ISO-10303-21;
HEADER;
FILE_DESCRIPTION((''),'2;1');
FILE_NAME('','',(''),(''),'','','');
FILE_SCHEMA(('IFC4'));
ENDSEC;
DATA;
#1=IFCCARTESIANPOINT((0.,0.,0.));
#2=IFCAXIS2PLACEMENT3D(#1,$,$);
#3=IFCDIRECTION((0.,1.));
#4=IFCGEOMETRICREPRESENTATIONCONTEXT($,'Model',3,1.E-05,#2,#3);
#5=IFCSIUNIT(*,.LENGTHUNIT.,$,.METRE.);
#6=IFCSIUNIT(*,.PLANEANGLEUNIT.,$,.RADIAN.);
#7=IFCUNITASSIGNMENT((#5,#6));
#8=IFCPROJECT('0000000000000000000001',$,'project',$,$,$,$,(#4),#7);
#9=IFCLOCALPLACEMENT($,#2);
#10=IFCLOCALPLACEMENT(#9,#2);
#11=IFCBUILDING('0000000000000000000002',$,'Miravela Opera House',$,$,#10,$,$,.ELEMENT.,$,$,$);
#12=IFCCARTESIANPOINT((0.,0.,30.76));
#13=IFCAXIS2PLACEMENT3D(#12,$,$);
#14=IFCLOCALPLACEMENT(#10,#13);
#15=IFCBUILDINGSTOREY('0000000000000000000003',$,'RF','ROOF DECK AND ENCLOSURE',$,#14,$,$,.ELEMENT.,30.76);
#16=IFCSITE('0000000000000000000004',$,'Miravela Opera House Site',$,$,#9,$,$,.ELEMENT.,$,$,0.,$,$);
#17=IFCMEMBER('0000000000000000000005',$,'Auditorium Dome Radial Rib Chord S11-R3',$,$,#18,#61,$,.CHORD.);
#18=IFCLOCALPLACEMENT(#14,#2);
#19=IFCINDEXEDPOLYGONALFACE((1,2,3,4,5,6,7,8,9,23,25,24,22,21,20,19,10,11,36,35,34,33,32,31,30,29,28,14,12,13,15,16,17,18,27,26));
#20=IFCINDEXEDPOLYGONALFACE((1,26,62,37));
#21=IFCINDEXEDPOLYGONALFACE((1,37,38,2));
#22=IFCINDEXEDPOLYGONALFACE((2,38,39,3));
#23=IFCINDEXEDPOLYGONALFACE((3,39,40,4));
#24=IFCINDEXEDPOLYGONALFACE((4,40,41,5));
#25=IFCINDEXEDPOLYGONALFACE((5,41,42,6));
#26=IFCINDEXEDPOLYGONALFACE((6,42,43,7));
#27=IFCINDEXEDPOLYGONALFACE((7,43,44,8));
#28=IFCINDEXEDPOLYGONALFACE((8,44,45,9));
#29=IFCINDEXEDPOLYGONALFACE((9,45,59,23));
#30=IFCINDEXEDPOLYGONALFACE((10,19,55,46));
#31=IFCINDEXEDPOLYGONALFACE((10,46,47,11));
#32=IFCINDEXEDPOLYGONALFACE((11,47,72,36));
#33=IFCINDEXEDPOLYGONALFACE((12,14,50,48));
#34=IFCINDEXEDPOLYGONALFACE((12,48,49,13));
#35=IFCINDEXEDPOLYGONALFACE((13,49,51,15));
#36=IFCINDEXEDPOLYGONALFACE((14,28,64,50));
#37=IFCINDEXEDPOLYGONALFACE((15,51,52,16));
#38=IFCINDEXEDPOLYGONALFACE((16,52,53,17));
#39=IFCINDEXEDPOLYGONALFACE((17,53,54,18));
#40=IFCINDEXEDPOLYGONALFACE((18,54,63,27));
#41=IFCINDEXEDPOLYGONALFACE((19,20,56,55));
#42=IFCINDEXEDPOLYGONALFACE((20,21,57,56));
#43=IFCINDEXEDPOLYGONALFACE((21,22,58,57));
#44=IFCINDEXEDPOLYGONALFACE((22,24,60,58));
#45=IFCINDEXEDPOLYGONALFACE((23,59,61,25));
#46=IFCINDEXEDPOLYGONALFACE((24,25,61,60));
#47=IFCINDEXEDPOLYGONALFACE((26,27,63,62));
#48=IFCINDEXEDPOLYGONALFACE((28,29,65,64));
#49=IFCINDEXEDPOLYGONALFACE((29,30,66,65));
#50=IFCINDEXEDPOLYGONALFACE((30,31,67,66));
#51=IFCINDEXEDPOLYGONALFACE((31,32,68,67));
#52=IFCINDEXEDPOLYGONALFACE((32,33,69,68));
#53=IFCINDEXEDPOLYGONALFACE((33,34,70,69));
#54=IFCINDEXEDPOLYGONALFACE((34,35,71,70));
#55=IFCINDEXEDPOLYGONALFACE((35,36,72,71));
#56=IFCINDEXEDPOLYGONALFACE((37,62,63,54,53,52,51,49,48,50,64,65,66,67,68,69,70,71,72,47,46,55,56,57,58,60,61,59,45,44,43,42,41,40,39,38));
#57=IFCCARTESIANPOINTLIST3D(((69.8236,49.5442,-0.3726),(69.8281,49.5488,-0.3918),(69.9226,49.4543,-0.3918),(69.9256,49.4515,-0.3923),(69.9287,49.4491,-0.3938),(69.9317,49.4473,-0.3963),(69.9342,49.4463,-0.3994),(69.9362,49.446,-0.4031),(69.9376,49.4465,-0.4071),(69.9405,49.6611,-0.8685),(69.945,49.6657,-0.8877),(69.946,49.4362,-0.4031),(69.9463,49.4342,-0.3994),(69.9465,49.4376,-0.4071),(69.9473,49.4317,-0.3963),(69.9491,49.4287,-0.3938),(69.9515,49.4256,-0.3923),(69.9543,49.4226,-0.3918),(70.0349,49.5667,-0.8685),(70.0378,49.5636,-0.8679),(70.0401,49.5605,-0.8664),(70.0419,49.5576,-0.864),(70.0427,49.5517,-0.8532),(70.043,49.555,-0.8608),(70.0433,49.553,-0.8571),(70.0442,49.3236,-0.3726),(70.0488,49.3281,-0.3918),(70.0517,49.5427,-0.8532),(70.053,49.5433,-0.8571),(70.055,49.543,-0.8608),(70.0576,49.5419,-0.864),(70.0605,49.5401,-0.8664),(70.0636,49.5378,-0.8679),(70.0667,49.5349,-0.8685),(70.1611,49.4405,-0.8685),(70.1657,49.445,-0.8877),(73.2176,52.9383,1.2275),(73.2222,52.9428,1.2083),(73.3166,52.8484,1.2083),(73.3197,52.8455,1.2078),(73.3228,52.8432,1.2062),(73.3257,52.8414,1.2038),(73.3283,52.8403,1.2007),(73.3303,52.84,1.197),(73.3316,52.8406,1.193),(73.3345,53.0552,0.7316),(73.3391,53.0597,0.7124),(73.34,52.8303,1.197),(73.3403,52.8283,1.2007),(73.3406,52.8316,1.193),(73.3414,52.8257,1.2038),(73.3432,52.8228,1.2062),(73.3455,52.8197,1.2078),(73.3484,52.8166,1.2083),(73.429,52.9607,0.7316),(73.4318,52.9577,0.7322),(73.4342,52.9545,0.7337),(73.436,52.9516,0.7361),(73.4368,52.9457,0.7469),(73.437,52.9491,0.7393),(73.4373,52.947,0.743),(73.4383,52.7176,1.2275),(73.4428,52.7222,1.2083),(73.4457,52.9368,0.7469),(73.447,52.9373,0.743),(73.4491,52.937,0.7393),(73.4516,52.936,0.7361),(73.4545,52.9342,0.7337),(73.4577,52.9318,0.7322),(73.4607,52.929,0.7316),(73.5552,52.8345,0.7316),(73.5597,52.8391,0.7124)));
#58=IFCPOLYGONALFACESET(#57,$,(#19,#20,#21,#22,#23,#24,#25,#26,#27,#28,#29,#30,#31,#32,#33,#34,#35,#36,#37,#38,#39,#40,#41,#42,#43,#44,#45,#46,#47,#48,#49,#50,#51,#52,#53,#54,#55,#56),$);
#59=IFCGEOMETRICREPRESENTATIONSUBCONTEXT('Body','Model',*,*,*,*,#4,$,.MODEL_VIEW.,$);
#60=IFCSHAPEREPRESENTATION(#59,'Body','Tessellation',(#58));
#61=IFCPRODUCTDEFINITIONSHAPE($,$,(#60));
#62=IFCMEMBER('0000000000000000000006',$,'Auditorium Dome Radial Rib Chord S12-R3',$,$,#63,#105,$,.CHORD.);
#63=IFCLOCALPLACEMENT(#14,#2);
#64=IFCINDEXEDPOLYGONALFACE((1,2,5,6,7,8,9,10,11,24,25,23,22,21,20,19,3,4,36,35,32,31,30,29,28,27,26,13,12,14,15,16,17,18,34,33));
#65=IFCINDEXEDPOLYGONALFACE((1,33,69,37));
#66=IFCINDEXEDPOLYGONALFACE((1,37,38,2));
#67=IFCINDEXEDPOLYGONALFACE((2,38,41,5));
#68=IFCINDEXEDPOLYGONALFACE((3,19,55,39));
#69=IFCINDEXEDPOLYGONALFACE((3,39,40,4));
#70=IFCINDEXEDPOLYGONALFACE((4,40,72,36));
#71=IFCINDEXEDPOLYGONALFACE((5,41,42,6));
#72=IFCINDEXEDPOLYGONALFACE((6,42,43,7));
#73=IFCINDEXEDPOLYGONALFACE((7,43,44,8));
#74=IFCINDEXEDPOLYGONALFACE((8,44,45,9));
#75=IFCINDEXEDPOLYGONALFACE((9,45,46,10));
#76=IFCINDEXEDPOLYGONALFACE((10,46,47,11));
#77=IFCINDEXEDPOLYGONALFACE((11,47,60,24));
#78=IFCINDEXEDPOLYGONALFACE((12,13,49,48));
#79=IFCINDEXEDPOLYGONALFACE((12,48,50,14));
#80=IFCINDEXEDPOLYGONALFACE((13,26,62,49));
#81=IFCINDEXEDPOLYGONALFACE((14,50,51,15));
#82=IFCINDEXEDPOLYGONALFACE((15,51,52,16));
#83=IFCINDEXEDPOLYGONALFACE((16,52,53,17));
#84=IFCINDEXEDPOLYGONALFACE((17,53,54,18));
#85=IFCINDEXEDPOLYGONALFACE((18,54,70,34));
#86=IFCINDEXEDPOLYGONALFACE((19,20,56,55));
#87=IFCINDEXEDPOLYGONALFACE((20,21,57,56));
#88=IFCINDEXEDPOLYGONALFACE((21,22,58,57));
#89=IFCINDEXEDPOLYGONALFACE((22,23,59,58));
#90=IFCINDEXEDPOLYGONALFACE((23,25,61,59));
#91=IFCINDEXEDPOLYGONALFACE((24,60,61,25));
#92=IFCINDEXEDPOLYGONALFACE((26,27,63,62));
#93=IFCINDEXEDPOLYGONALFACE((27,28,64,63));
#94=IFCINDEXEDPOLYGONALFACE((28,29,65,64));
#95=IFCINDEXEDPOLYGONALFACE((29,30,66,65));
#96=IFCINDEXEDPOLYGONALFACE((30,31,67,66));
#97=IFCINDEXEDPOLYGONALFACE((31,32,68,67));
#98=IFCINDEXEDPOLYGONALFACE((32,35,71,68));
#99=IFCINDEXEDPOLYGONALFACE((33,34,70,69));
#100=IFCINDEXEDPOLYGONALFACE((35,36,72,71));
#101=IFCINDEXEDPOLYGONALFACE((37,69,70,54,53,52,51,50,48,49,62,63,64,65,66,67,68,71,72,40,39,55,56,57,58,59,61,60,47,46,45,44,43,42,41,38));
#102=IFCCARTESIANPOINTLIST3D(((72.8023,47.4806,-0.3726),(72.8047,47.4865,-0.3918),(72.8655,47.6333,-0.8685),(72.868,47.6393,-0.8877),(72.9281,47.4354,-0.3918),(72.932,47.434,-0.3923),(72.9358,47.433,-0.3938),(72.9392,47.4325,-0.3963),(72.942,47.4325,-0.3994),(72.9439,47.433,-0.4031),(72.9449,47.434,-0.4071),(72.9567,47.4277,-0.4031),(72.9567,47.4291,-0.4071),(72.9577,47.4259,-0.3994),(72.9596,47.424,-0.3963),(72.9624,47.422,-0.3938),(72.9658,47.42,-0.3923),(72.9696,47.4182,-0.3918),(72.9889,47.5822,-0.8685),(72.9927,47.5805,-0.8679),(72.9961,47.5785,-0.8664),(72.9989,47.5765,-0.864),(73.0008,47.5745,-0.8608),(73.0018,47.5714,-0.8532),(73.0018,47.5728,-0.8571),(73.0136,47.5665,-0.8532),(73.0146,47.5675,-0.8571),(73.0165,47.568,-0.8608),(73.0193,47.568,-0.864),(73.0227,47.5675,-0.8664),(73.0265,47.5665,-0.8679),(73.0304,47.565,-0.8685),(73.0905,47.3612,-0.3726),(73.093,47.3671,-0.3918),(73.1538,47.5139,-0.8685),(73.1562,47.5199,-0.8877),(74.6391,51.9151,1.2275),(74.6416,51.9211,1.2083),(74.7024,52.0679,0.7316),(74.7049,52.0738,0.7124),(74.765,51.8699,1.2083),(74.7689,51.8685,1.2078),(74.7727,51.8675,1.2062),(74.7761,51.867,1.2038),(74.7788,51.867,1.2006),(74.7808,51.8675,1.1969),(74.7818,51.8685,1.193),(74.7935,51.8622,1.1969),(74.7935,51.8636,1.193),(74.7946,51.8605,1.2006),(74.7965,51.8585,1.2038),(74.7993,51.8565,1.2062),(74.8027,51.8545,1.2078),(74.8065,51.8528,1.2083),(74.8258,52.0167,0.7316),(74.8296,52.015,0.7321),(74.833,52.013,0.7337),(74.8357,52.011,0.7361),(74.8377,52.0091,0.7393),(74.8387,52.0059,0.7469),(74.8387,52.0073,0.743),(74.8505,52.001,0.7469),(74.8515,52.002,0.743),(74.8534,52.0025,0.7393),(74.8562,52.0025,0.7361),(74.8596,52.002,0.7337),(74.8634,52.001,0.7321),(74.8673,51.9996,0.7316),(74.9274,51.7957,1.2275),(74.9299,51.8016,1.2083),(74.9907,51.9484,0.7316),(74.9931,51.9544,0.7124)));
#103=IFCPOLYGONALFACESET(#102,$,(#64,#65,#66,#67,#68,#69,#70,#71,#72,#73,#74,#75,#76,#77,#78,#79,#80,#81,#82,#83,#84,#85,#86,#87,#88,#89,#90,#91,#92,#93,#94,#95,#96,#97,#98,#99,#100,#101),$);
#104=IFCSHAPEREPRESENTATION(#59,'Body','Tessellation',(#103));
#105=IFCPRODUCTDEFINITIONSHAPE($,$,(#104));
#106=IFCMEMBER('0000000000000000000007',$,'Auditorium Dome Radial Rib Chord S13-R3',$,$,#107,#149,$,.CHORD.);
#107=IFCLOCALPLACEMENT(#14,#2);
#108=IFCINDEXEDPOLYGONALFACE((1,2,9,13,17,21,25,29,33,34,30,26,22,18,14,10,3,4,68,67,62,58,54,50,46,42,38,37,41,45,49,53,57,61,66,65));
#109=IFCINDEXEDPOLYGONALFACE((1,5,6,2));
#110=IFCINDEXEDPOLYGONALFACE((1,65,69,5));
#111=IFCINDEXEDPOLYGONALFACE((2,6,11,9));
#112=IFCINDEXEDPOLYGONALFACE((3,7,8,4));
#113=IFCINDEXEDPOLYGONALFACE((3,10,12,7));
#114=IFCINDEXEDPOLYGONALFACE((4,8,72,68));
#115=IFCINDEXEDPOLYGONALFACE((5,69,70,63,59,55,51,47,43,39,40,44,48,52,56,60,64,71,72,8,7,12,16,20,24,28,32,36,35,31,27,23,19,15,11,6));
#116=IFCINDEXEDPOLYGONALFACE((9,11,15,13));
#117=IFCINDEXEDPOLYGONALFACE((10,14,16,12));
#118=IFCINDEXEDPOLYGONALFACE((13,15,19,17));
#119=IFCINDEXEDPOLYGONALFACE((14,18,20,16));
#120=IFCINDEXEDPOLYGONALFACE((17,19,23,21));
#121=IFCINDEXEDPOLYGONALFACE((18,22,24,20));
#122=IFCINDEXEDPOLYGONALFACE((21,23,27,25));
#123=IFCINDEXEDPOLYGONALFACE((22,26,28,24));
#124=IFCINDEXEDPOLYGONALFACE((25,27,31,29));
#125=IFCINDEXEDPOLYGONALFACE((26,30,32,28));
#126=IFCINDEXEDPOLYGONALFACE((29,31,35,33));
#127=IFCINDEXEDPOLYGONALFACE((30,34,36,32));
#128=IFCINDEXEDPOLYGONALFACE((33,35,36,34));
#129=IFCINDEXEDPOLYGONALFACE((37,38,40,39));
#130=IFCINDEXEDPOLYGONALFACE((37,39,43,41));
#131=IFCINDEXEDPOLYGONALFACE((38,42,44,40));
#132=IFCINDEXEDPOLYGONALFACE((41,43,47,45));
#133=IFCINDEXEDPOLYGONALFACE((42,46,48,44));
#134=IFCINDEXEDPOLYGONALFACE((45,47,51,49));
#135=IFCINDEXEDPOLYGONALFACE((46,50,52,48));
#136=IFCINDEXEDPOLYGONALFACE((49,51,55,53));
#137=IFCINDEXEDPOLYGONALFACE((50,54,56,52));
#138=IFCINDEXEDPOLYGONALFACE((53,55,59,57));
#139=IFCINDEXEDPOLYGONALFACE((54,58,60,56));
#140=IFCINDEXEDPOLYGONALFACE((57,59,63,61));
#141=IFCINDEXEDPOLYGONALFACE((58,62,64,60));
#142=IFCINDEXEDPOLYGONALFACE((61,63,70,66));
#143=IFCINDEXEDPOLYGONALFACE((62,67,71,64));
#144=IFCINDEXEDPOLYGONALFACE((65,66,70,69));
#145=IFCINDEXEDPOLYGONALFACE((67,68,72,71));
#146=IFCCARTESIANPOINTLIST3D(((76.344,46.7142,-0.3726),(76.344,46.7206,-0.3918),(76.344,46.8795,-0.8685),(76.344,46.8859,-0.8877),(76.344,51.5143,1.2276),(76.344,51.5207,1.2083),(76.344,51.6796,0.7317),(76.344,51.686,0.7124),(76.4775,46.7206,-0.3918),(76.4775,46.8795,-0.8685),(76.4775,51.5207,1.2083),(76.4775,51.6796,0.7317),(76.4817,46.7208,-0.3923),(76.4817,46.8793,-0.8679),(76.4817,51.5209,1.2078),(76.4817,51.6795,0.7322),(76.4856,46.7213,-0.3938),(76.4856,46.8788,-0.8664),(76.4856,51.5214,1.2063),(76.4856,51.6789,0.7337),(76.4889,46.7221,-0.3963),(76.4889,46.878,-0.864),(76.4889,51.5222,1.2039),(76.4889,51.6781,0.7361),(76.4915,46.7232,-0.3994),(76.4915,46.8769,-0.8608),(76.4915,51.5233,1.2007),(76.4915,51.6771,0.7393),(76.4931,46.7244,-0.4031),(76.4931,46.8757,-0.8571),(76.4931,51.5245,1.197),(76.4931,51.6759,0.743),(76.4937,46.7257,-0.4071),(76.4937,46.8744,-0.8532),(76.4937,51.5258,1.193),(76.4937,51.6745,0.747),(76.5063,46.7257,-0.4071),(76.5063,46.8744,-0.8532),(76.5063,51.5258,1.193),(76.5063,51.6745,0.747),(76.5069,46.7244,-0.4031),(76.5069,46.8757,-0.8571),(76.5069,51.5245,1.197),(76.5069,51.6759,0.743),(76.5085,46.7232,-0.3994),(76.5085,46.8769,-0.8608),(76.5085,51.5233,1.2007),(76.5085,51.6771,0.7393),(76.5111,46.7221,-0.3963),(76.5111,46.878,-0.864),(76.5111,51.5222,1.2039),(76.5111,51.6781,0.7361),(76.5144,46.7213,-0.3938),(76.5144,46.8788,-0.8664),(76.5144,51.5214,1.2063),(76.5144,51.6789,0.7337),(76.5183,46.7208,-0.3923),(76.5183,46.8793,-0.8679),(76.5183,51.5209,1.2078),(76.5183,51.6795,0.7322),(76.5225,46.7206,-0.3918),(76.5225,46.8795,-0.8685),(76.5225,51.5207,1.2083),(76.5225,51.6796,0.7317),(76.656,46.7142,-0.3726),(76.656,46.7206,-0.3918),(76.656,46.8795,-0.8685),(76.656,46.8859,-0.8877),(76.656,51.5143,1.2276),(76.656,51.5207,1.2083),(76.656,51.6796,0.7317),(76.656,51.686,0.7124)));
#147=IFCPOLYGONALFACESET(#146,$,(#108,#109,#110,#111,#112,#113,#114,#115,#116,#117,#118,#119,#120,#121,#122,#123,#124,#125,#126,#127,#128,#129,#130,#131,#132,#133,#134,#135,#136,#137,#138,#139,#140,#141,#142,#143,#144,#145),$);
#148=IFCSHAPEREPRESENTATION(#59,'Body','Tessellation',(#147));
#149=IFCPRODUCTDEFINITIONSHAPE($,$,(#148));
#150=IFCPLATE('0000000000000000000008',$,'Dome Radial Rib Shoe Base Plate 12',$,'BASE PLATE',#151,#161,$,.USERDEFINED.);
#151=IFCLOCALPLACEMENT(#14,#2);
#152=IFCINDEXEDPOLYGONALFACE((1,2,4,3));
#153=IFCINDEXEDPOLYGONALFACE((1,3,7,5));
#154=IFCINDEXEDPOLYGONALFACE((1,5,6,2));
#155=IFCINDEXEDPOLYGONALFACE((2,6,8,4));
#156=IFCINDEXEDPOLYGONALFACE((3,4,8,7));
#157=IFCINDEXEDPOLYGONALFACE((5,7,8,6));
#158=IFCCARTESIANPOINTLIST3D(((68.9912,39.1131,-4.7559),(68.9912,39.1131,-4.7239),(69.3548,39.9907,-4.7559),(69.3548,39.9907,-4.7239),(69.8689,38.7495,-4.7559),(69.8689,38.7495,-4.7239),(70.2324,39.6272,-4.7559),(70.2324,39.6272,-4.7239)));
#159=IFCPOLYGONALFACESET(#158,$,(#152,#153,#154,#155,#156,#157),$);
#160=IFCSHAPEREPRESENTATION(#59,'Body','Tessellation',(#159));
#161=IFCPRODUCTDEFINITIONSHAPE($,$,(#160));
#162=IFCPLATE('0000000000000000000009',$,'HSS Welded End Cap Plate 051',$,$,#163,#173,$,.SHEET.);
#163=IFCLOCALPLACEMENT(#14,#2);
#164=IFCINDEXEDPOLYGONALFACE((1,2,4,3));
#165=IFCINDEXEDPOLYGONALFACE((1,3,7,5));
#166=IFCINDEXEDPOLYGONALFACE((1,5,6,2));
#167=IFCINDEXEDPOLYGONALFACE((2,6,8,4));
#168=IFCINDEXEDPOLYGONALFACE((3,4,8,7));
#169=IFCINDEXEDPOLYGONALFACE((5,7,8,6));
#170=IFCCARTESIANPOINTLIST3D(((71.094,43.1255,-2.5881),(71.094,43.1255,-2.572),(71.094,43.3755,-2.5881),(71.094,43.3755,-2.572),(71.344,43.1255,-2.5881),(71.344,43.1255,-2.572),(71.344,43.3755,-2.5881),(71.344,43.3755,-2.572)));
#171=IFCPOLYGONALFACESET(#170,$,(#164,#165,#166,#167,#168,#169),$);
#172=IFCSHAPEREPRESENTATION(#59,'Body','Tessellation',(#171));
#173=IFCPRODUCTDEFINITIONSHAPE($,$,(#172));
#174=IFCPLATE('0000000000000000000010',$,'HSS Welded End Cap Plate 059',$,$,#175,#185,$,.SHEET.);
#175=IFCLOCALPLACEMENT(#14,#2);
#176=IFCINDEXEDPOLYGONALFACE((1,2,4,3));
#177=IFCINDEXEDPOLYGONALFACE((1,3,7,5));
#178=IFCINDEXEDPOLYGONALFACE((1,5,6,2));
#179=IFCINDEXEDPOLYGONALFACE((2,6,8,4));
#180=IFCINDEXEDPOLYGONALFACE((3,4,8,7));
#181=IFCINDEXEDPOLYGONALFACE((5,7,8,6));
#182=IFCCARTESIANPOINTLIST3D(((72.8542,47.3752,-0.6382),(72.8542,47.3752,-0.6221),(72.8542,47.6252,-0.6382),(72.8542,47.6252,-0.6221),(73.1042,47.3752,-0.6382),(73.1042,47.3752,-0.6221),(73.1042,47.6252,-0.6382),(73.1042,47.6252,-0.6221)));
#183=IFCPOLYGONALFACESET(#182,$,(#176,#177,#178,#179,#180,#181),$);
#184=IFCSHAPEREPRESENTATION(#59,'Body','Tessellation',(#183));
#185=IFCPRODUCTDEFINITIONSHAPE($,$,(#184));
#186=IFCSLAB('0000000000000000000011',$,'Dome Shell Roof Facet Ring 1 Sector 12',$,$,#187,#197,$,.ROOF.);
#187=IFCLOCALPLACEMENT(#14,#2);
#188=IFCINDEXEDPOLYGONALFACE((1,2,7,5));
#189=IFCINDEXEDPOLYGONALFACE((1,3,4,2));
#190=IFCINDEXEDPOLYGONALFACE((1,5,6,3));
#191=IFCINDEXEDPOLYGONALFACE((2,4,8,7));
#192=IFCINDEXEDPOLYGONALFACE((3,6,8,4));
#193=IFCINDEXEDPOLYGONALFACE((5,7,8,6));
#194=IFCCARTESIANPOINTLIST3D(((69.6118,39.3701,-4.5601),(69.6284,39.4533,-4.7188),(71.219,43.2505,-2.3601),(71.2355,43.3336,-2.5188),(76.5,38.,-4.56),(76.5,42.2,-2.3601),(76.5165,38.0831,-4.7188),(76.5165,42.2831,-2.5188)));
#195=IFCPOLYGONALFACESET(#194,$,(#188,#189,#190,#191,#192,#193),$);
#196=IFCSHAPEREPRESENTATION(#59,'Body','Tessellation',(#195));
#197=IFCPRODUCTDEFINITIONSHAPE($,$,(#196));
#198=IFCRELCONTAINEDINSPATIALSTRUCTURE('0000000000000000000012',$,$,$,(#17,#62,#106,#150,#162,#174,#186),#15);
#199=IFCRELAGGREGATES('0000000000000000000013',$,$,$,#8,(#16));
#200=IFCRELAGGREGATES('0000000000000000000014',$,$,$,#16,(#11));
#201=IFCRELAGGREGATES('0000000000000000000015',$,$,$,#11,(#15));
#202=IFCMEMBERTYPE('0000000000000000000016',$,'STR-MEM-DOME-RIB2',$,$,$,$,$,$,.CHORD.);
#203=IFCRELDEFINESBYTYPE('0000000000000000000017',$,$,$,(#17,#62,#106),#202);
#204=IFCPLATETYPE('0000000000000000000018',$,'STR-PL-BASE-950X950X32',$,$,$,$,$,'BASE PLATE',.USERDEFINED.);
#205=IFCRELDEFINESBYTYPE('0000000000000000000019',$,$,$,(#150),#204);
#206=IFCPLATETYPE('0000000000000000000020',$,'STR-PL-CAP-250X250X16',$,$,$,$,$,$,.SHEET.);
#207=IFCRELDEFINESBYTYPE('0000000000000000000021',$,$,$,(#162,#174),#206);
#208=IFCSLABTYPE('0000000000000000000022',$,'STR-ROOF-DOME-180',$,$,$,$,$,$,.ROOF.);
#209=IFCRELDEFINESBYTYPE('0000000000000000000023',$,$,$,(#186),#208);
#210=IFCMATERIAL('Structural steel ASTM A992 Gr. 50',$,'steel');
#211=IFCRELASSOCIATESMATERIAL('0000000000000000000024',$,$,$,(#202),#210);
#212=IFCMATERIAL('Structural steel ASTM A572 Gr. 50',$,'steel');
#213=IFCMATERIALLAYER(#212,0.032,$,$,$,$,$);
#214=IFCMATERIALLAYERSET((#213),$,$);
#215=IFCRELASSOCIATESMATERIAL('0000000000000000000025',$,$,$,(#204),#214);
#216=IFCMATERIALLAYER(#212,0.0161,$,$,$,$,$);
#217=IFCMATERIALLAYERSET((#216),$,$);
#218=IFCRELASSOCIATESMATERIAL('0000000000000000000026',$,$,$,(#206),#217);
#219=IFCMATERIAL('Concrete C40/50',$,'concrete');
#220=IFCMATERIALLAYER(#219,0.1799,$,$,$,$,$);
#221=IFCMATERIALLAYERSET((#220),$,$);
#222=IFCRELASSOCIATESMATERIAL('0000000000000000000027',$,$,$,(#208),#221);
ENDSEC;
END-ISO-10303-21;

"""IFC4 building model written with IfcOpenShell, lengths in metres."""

from ifc_helpers import new_model, si_unit, direction, frame, origin, origin_2d, place, context, subcontext, project, spatial, polyline, rectangle, i_section, outline, extrude, material, layer, layer_set, material_profile, profile_set, type_object, element, save


model = new_model("IFC4")

# Units and contexts
model_context = context("Model", 3, precision=1e-05, world=origin(), true_north=direction((0.0, 1.0)))
body_context = subcontext(model_context, "Body", "Model", "MODEL_VIEW")
ifc_project = project(units=[si_unit("LENGTHUNIT", "METRE"), si_unit("PLANEANGLEUNIT", "RADIAN")], contexts=[model_context])

# Site, building, storey
site_placement = place(None, origin())
site = spatial("IfcSite", under=ifc_project, at=site_placement, Name="Miravela Opera House Site", CompositionType="ELEMENT", RefElevation=0.0)
building_placement = place(site_placement, origin())
building = spatial("IfcBuilding", under=site, at=building_placement, Name="Miravela Opera House", CompositionType="ELEMENT")
storey_placement = place(building_placement, frame((0.0, 0.0, 30.76)))
storey = spatial("IfcBuildingStorey", under=building, at=storey_placement, Name="RF", Description="ROOF DECK AND ENCLOSURE", CompositionType="ELEMENT", Elevation=30.76)

# Shared definitions
ifc_material_1 = material(Name="Structural steel ASTM A992 Gr. 50", Category="steel")

# Members
ifc_material_profile_1 = material_profile(ifc_material_1, i_section(OverallWidth=0.312, OverallDepth=0.543, WebThickness=0.0127, FlangeThickness=0.0203, FilletRadius=0.0161, at=origin_2d()), Name="W530X150")
ifc_profile_set_1 = profile_set([ifc_material_profile_1])
member_type_1 = type_object("IfcMemberType", Name="STR-MEM-DOME-RIB2", PredefinedType="CHORD", material=ifc_profile_set_1)
for number, where, z_axis, x_axis, name in (
    (1, (69.9946, 49.4946, -0.6301), (0.670815, 0.670815, 0.316251), (-0.707107, 0.707107, 0.0), "Auditorium Dome Radial Rib Chord S11-R3"),
    (2, (72.9792, 47.5002, -0.6301), (0.363052, 0.876459, 0.316247), (-0.923875, 0.382693, 0.0), "Auditorium Dome Radial Rib Chord S12-R3"),
):
    element("IfcMember", number, at=place(storey_placement, frame(where, z_axis=z_axis, x_axis=x_axis)), inside=storey, type_object=member_type_1, Name=name, PredefinedType="CHORD", context=body_context, shape_type="SweptSolid", body=[
        extrude(i_section(OverallWidth=0.312, OverallDepth=0.543, WebThickness=0.0127, FlangeThickness=0.0203, FilletRadius=0.0161, at=origin_2d()), origin(), (0.0, 0.0, 1.0), 5.0596),
    ])
member_1_placement = place(storey_placement, frame((76.5, 46.8, -0.6301), z_axis=(0.0, 0.948678, 0.316242), x_axis=(-1.0, 0.0, 0.0)))
element("IfcMember", 3, at=member_1_placement, inside=storey, type_object=member_type_1, Name="Auditorium Dome Radial Rib Chord S13-R3", PredefinedType="CHORD", context=body_context, shape_type="SweptSolid", body=[
    extrude(i_section(OverallWidth=0.312, OverallDepth=0.543, WebThickness=0.0127, FlangeThickness=0.0203, FilletRadius=0.0161, at=origin_2d()), origin(), (0.0, 0.0, 1.0), 5.0598),
])

# Plates
ifc_material_2 = material(Name="Structural steel ASTM A572 Gr. 50", Category="steel")
ifc_layer_1 = layer(ifc_material_2, 0.032)
ifc_layer_set_1 = layer_set([ifc_layer_1])
plate_type_1 = type_object("IfcPlateType", Name="STR-PL-BASE-950X950X32", ElementType="BASE PLATE", PredefinedType="USERDEFINED", material=ifc_layer_set_1)
plate_placement = place(storey_placement, frame((69.6118, 39.3701, -4.7559), z_axis=(0.0, 0.0, 1.0), x_axis=(-0.382683, -0.92388, 0.0)))
element("IfcPlate", 4, at=plate_placement, inside=storey, type_object=plate_type_1, Name="Dome Radial Rib Shoe Base Plate 12", ObjectType="BASE PLATE", PredefinedType="USERDEFINED", context=body_context, shape_type="SweptSolid", body=[
    extrude(rectangle(XDim=0.95, YDim=0.95, at=origin_2d()), origin(), (0.0, 0.0, 1.0), 0.032),
])
ifc_layer_2 = layer(ifc_material_2, 0.0161)
ifc_layer_set_2 = layer_set([ifc_layer_2])
plate_type_2 = type_object("IfcPlateType", Name="STR-PL-CAP-250X250X16", PredefinedType="SHEET", material=ifc_layer_set_2)
for number, where, z_axis, x_axis, name in (
    (5, (71.219, 43.2505, -2.5881), (0.0, 0.0, 1.0), (1.0, 0.0, 0.0), "HSS Welded End Cap Plate 051"),
    (6, (72.9792, 47.5002, -0.6382), (0.0, 0.0, 1.0), (1.0, 0.0, 0.0), "HSS Welded End Cap Plate 059"),
):
    element("IfcPlate", number, at=place(storey_placement, frame(where, z_axis=z_axis, x_axis=x_axis)), inside=storey, type_object=plate_type_2, Name=name, PredefinedType="SHEET", context=body_context, shape_type="SweptSolid", body=[
        extrude(rectangle(XDim=0.25, YDim=0.25, at=origin_2d()), origin(), (0.0, 0.0, 1.0), 0.0161),
    ])

# Slab
ifc_material_3 = material(Name="Concrete C40/50", Category="concrete")
ifc_layer_3 = layer(ifc_material_3, 0.1799)
ifc_layer_set_3 = layer_set([ifc_layer_3])
slab_type = type_object("IfcSlabType", Name="STR-ROOF-DOME-180", PredefinedType="ROOF", material=ifc_layer_set_3)
slab_1_placement = place(storey_placement, frame((69.6118, 39.3701, -4.5601), z_axis=(-0.091906, -0.462034, 0.882087), x_axis=(0.980786, -0.195088, 0.000003)))
element("IfcSlab", 7, at=slab_1_placement, inside=storey, type_object=slab_type, Name="Dome Shell Roof Facet Ring 1 Sector 12", PredefinedType="ROOF", context=body_context, shape_type="SweptSolid", body=[
    extrude(outline(polyline([(0.0, 0.0), (7.0231, 0.0), (6.2038, 4.6699), (0.8193, 4.67), (0.0, 0.0)])), origin(), (0.0, 0.0, -1.0), 0.1799),
])

save(model, "model.ifc")
